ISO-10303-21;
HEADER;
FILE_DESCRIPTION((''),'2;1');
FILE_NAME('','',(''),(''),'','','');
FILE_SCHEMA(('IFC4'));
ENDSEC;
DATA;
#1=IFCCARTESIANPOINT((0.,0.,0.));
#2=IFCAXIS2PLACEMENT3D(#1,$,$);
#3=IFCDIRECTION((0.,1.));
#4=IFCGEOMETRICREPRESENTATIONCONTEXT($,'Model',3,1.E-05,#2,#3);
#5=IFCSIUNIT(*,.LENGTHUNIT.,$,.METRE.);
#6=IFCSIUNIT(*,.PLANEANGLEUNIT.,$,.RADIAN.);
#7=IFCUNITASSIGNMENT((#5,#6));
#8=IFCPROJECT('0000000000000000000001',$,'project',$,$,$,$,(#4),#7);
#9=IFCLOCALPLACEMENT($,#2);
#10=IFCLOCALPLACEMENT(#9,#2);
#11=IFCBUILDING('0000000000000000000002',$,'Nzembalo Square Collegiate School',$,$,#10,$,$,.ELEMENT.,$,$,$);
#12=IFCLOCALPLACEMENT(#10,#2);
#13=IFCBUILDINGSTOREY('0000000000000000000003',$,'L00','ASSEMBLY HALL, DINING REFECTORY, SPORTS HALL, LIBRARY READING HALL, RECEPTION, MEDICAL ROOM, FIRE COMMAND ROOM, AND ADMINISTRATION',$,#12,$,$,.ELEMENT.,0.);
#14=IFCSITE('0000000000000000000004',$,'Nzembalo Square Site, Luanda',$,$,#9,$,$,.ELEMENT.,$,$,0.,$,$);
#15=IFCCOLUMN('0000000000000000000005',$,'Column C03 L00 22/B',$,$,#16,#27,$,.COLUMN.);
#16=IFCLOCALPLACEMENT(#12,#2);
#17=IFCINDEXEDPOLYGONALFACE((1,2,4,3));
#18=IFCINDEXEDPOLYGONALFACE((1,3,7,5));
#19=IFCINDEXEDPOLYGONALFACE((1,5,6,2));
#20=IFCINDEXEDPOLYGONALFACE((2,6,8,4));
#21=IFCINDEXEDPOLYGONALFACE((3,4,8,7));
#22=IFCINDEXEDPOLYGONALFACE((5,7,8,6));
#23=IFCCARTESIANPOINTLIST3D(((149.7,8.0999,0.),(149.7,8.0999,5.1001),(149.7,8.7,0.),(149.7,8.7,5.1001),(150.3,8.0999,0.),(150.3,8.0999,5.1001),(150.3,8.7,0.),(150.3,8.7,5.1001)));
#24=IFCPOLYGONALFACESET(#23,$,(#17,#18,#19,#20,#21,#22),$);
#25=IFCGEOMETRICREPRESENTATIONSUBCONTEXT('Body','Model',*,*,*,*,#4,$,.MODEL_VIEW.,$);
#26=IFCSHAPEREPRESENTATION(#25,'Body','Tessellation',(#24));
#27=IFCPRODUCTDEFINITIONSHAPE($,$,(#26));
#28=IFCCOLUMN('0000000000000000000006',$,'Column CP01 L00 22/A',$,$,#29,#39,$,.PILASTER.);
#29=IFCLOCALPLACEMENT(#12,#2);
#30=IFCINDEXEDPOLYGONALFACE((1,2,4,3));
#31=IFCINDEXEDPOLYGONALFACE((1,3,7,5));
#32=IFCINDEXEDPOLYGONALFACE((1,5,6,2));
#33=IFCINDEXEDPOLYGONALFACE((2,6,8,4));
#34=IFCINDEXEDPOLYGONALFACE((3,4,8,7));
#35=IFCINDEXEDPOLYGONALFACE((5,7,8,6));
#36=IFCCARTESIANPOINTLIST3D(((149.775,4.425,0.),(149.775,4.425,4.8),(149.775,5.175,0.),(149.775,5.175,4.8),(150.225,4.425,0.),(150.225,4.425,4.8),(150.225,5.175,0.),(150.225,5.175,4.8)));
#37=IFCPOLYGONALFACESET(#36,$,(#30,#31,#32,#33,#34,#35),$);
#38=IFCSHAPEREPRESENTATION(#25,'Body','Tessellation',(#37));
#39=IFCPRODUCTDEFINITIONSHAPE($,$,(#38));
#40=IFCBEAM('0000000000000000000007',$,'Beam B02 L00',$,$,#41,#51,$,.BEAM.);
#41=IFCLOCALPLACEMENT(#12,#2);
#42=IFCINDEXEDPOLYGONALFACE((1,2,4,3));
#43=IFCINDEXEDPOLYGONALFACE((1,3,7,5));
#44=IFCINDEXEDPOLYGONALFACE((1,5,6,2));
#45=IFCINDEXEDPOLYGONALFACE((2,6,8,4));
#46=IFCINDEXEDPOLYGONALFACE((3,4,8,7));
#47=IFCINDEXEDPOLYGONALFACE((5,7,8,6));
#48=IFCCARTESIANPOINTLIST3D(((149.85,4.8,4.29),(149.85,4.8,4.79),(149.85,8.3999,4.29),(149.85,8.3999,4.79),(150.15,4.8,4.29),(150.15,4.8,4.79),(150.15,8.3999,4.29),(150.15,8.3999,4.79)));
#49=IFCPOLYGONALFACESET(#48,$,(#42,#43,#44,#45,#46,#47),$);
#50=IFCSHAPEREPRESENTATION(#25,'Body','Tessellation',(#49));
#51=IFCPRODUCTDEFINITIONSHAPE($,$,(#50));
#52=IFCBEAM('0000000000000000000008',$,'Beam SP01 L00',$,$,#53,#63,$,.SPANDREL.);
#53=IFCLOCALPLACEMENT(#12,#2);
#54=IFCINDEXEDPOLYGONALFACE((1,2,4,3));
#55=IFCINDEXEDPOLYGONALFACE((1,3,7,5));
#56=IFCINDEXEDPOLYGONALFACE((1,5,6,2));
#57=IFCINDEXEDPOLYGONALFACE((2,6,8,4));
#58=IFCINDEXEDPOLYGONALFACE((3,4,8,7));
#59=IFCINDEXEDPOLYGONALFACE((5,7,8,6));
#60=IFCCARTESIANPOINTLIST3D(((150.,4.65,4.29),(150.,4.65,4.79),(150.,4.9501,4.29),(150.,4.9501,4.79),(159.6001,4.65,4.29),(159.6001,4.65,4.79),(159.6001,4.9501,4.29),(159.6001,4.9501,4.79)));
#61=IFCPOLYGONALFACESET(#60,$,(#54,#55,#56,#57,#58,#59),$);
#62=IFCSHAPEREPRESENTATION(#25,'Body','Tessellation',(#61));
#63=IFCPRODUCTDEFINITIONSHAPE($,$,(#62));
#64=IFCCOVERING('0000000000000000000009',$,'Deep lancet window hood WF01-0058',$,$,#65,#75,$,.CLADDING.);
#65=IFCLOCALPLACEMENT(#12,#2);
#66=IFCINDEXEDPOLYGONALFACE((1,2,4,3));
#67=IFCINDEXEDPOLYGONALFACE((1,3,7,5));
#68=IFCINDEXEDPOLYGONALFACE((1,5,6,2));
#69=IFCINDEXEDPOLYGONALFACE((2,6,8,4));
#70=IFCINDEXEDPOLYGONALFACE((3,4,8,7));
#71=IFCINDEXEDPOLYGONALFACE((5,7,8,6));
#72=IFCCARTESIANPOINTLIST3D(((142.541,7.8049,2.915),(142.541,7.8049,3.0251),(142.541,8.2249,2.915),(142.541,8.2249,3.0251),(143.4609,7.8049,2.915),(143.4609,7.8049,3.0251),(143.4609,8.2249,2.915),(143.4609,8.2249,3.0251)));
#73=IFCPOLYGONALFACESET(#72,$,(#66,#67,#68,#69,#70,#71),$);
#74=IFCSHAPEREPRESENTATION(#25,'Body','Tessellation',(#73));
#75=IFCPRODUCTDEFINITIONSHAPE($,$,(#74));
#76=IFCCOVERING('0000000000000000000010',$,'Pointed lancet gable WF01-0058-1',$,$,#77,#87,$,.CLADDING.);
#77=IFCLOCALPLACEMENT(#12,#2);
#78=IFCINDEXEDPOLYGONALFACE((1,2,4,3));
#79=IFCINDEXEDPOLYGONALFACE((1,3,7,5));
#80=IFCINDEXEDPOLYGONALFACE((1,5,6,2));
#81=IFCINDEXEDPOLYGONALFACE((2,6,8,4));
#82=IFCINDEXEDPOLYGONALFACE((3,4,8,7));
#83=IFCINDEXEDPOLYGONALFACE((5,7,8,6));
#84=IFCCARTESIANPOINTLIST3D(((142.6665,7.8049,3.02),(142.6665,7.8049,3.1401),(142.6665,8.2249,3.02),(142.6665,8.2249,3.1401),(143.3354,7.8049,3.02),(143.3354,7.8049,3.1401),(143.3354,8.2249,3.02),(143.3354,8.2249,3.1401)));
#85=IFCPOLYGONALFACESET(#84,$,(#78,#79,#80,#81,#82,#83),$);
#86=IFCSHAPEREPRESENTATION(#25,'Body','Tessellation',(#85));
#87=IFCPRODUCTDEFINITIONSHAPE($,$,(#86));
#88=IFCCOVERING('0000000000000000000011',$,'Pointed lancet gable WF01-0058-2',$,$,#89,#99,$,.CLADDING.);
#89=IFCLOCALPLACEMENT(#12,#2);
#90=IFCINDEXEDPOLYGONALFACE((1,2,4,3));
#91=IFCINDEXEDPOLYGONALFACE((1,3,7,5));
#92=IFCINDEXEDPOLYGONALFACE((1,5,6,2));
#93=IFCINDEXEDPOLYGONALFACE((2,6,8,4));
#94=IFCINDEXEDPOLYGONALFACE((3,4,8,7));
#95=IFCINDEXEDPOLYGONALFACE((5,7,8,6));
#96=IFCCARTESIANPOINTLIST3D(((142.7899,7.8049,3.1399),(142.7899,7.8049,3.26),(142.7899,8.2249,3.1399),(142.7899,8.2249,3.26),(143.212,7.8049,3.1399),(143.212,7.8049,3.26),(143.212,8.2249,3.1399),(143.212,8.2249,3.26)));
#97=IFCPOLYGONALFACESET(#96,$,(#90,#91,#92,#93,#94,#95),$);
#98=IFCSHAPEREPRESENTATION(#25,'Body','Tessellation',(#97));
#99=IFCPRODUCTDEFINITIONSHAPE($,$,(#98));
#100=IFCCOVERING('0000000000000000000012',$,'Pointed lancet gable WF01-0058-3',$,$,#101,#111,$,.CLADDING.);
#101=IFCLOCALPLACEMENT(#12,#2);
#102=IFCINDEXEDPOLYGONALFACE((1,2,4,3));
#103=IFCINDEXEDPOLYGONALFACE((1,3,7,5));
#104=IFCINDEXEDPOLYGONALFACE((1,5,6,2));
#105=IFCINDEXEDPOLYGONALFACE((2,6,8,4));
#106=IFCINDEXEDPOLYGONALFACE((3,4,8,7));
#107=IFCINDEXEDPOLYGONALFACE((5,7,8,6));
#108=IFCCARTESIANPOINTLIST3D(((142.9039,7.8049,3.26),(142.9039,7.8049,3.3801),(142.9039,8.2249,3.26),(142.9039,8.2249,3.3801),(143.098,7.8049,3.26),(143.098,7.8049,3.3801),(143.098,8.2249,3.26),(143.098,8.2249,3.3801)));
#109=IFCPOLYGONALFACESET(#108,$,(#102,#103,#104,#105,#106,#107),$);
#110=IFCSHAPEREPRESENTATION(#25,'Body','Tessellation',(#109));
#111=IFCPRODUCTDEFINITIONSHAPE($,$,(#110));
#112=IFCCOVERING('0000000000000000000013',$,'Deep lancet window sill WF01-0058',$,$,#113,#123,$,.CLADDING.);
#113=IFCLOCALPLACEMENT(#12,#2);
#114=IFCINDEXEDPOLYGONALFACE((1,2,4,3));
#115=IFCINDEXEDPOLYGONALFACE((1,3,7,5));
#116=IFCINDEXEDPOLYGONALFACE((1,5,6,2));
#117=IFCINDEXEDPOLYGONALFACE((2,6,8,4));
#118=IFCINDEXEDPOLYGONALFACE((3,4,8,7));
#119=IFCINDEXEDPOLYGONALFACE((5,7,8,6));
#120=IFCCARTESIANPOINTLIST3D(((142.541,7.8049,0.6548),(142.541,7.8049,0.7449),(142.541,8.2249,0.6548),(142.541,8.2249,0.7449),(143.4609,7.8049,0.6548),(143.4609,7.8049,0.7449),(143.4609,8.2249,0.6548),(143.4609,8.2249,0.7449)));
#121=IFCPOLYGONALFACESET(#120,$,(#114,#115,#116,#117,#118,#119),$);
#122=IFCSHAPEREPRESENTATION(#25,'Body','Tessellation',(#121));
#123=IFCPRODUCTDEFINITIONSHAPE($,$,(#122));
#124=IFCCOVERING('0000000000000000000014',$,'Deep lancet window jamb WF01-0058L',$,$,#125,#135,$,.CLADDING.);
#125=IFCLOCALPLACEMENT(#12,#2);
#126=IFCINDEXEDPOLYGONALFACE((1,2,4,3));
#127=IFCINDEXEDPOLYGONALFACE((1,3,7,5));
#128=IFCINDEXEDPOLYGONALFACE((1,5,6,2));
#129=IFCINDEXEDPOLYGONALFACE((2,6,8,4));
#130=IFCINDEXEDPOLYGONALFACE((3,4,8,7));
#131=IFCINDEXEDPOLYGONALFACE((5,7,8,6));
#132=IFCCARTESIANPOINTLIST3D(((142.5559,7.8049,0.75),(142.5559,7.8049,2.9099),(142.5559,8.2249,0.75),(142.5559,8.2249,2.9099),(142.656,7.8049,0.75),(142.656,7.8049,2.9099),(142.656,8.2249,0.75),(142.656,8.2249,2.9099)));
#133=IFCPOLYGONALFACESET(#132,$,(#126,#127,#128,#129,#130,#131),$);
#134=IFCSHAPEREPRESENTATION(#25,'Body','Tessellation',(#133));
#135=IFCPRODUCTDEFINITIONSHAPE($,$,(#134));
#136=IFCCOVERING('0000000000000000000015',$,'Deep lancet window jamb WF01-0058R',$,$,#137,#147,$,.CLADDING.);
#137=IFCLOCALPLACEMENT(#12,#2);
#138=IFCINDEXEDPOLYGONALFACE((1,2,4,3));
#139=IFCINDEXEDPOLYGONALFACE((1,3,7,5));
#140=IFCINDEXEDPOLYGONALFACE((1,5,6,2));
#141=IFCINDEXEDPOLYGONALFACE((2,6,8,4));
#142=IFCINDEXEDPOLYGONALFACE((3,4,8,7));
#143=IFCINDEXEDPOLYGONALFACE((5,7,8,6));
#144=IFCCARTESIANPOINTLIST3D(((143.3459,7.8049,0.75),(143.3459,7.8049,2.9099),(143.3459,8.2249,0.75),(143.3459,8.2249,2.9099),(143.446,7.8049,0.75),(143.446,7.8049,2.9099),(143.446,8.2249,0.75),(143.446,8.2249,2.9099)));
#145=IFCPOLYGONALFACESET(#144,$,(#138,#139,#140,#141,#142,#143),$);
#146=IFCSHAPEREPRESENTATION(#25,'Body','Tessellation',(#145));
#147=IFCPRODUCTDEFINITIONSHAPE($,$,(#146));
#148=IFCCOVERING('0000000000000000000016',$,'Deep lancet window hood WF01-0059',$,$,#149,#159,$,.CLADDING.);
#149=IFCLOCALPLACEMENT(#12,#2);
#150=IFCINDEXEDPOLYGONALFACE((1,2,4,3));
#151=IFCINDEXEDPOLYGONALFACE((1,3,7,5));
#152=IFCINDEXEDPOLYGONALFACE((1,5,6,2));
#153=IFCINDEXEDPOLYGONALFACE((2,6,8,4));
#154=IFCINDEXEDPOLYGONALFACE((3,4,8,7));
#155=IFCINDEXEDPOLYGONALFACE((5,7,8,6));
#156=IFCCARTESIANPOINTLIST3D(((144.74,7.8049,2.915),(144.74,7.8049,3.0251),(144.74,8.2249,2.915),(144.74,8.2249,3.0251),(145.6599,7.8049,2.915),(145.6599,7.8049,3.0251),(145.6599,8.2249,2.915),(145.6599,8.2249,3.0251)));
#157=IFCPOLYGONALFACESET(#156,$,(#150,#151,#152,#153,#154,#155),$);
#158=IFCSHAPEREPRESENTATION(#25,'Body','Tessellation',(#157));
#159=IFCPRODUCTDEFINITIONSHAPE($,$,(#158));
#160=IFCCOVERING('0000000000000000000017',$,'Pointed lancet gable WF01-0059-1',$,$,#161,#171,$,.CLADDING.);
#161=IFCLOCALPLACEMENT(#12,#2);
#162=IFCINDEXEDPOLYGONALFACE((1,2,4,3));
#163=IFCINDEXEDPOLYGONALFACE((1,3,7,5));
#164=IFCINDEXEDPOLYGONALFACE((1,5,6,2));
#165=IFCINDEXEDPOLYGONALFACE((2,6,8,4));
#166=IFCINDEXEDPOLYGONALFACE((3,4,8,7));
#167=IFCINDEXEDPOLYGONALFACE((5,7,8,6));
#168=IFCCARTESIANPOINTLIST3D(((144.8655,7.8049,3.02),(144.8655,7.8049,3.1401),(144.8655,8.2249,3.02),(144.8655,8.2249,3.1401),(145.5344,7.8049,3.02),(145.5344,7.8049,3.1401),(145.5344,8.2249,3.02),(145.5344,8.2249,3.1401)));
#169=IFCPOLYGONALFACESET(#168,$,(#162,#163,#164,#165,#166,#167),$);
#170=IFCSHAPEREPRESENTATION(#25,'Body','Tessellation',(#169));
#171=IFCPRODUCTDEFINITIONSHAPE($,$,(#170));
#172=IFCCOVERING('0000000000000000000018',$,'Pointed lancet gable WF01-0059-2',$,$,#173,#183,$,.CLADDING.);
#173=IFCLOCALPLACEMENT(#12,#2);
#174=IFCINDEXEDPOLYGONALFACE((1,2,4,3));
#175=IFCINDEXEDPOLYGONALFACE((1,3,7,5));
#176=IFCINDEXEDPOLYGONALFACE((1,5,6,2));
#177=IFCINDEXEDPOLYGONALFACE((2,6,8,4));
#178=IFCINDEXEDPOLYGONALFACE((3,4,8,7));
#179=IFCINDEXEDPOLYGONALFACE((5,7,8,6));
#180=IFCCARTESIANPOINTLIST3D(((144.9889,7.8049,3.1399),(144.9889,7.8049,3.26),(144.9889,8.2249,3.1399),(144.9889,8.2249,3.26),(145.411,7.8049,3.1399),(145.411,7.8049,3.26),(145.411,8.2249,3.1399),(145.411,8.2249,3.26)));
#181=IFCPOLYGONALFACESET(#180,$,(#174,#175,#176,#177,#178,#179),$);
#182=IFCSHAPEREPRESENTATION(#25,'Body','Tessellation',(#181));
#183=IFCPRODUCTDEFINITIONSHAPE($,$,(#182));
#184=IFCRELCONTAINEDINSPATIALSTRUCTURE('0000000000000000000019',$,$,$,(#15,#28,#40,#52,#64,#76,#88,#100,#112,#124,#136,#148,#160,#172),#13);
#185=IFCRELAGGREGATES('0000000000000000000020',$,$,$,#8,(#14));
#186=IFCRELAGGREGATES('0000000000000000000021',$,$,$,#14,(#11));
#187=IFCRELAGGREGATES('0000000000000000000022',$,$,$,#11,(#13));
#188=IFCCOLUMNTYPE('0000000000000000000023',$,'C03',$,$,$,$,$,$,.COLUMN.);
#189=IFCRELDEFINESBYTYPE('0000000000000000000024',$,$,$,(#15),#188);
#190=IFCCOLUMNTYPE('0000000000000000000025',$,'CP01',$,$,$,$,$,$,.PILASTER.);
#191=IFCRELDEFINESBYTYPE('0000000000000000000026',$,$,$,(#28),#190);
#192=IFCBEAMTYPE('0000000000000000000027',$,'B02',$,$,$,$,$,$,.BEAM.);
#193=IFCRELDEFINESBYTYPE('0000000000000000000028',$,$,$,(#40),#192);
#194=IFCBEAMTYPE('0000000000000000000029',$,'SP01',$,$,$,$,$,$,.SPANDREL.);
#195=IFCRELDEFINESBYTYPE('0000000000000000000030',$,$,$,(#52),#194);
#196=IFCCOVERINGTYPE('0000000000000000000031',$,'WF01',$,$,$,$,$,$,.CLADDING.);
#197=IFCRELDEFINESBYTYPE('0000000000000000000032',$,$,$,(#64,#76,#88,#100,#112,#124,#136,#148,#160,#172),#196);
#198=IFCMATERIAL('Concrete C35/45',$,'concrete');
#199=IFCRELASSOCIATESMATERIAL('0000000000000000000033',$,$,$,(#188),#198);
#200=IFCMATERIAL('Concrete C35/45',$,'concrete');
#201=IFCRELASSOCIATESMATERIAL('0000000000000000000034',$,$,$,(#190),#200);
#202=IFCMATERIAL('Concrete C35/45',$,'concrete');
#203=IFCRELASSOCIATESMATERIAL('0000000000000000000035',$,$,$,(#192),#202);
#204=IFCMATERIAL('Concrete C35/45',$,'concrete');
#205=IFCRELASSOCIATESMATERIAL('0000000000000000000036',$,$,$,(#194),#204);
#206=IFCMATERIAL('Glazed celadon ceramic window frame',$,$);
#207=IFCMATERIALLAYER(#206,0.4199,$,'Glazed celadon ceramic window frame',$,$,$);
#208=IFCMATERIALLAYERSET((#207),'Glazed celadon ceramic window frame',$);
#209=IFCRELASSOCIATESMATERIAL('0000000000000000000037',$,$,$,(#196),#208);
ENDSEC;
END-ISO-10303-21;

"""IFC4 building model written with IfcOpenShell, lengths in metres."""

from ifc_helpers import new_model, si_unit, direction, frame, origin, origin_2d, place, context, subcontext, project, spatial, rectangle, extrude, material, layer, layer_set, material_profile, profile_set, type_object, element, save


model = new_model("IFC4")

# Units and contexts
model_context = context("Model", 3, precision=1e-05, world=origin(), true_north=direction((0.0, 1.0)))
body_context = subcontext(model_context, "Body", "Model", "MODEL_VIEW")
ifc_project = project(units=[si_unit("LENGTHUNIT", "METRE"), si_unit("PLANEANGLEUNIT", "RADIAN")], contexts=[model_context])

# Site, building, storey
site_placement = place(None, origin())
site = spatial("IfcSite", under=ifc_project, at=site_placement, Name="Nzembalo Square Site, Luanda", CompositionType="ELEMENT", RefElevation=0.0)
building_placement = place(site_placement, origin())
building = spatial("IfcBuilding", under=site, at=building_placement, Name="Nzembalo Square Collegiate School", CompositionType="ELEMENT")
storey_placement = place(building_placement, origin())
storey = spatial("IfcBuildingStorey", under=building, at=storey_placement, Name="L00", Description="ASSEMBLY HALL, DINING REFECTORY, SPORTS HALL, LIBRARY READING HALL, RECEPTION, MEDICAL ROOM, FIRE COMMAND ROOM, AND ADMINISTRATION", CompositionType="ELEMENT", Elevation=0.0)

# Columns
ifc_material_1 = material(Name="Concrete C35/45", Category="concrete")
ifc_material_profile_1 = material_profile(ifc_material_1, rectangle(XDim=0.6001, YDim=0.6001, at=origin_2d()), Name="RC 600x600")
ifc_profile_set_1 = profile_set([ifc_material_profile_1], Name="Concrete C35/45")
column_type_1 = type_object("IfcColumnType", Name="C03", PredefinedType="COLUMN", material=ifc_profile_set_1)
column_1_placement = place(storey_placement, frame((150.0, 8.3999, 0.0), z_axis=(0.0, 0.0, 1.0), x_axis=(1.0, 0.0, 0.0)))
element("IfcColumn", 1, at=column_1_placement, inside=storey, type_object=column_type_1, Name="Column C03 L00 22/B", PredefinedType="COLUMN", context=body_context, shape_type="SweptSolid", body=[
    extrude(rectangle(XDim=0.6001, YDim=0.6001, at=origin_2d()), origin(), (0.0, 0.0, 1.0), 5.1001),
])
ifc_material_2 = material(Name="Concrete C35/45", Category="concrete")
ifc_material_profile_2 = material_profile(ifc_material_2, rectangle(XDim=0.45, YDim=0.75, at=origin_2d()), Name="RC 450x750")
ifc_profile_set_2 = profile_set([ifc_material_profile_2], Name="Concrete C35/45")
column_type_2 = type_object("IfcColumnType", Name="CP01", PredefinedType="PILASTER", material=ifc_profile_set_2)
column_2_placement = place(storey_placement, frame((150.0, 4.8, 0.0), z_axis=(0.0, 0.0, 1.0), x_axis=(1.0, 0.0, 0.0)))
element("IfcColumn", 2, at=column_2_placement, inside=storey, type_object=column_type_2, Name="Column CP01 L00 22/A", PredefinedType="PILASTER", context=body_context, shape_type="SweptSolid", body=[
    extrude(rectangle(XDim=0.45, YDim=0.75, at=origin_2d()), origin(), (0.0, 0.0, 1.0), 4.8),
])

# Beams
ifc_material_3 = material(Name="Concrete C35/45", Category="concrete")
ifc_material_profile_3 = material_profile(ifc_material_3, rectangle(XDim=0.3, YDim=0.5, at=origin_2d()), Name="RC 300x500")
ifc_profile_set_3 = profile_set([ifc_material_profile_3], Name="Concrete C35/45")
beam_type_1 = type_object("IfcBeamType", Name="B02", PredefinedType="BEAM", material=ifc_profile_set_3)
beam_1_placement = place(storey_placement, frame((150.0, 4.8, 4.54), z_axis=(0.0, 1.0, 0.0), x_axis=(-1.0, 0.0, 0.0)))
element("IfcBeam", 3, at=beam_1_placement, inside=storey, type_object=beam_type_1, Name="Beam B02 L00", PredefinedType="BEAM", context=body_context, shape_type="SweptSolid", body=[
    extrude(rectangle(XDim=0.3, YDim=0.5, at=origin_2d()), origin(), (0.0, 0.0, 1.0), 3.5999),
])
ifc_material_4 = material(Name="Concrete C35/45", Category="concrete")
ifc_material_profile_4 = material_profile(ifc_material_4, rectangle(XDim=0.3, YDim=0.5, at=origin_2d()), Name="RC 300x500")
ifc_profile_set_4 = profile_set([ifc_material_profile_4], Name="Concrete C35/45")
beam_type_2 = type_object("IfcBeamType", Name="SP01", PredefinedType="SPANDREL", material=ifc_profile_set_4)
beam_2_placement = place(storey_placement, frame((150.0, 4.8, 4.54), z_axis=(1.0, 0.0, 0.0), x_axis=(0.0, 1.0, 0.0)))
element("IfcBeam", 4, at=beam_2_placement, inside=storey, type_object=beam_type_2, Name="Beam SP01 L00", PredefinedType="SPANDREL", context=body_context, shape_type="SweptSolid", body=[
    extrude(rectangle(XDim=0.3, YDim=0.5, at=origin_2d()), origin(), (0.0, 0.0, 1.0), 9.6001),
])

# Coverings
ifc_material_5 = material(Name="Glazed celadon ceramic window frame")
ifc_layer = layer(ifc_material_5, 0.4199, Name="Glazed celadon ceramic window frame")
ifc_layer_set = layer_set([ifc_layer], Name="Glazed celadon ceramic window frame")
covering_type = type_object("IfcCoveringType", Name="WF01", PredefinedType="CLADDING", material=ifc_layer_set)
covering_1_placement = place(storey_placement, frame((143.001, 8.0149, 2.915), z_axis=(0.0, 0.0, 1.0), x_axis=(1.0, 0.0, 0.0)))
element("IfcCovering", 5, at=covering_1_placement, inside=storey, type_object=covering_type, Name="Deep lancet window hood WF01-0058", PredefinedType="CLADDING", context=body_context, shape_type="SweptSolid", body=[
    extrude(rectangle(XDim=0.9199, YDim=0.4199, at=origin_2d()), origin(), (0.0, 0.0, 1.0), 0.1101),
])
covering_2_placement = place(storey_placement, frame((143.001, 8.0149, 3.02), z_axis=(0.0, 0.0, 1.0), x_axis=(1.0, 0.0, 0.0)))
element("IfcCovering", 6, at=covering_2_placement, inside=storey, type_object=covering_type, Name="Pointed lancet gable WF01-0058-1", PredefinedType="CLADDING", context=body_context, shape_type="SweptSolid", body=[
    extrude(rectangle(XDim=0.6689, YDim=0.4199, at=origin_2d()), origin(), (0.0, 0.0, 1.0), 0.1201),
])
covering_3_placement = place(storey_placement, frame((143.001, 8.0149, 3.1399), z_axis=(0.0, 0.0, 1.0), x_axis=(1.0, 0.0, 0.0)))
element("IfcCovering", 7, at=covering_3_placement, inside=storey, type_object=covering_type, Name="Pointed lancet gable WF01-0058-2", PredefinedType="CLADDING", context=body_context, shape_type="SweptSolid", body=[
    extrude(rectangle(XDim=0.4221, YDim=0.4199, at=origin_2d()), origin(), (0.0, 0.0, 1.0), 0.1201),
])
covering_4_placement = place(storey_placement, frame((143.001, 8.0149, 3.26), z_axis=(0.0, 0.0, 1.0), x_axis=(1.0, 0.0, 0.0)))
element("IfcCovering", 8, at=covering_4_placement, inside=storey, type_object=covering_type, Name="Pointed lancet gable WF01-0058-3", PredefinedType="CLADDING", context=body_context, shape_type="SweptSolid", body=[
    extrude(rectangle(XDim=0.1941, YDim=0.4199, at=origin_2d()), origin(), (0.0, 0.0, 1.0), 0.1201),
])
covering_5_placement = place(storey_placement, frame((143.001, 8.0149, 0.6548), z_axis=(0.0, 0.0, 1.0), x_axis=(1.0, 0.0, 0.0)))
element("IfcCovering", 9, at=covering_5_placement, inside=storey, type_object=covering_type, Name="Deep lancet window sill WF01-0058", PredefinedType="CLADDING", context=body_context, shape_type="SweptSolid", body=[
    extrude(rectangle(XDim=0.9199, YDim=0.4199, at=origin_2d()), origin(), (0.0, 0.0, 1.0), 0.0901),
])
for number, where, z_axis, x_axis, name in (
    (10, (142.606, 8.0149, 0.75), (0.0, 0.0, 1.0), (1.0, 0.0, 0.0), "Deep lancet window jamb WF01-0058L"),
    (11, (143.396, 8.0149, 0.75), (0.0, 0.0, 1.0), (1.0, 0.0, 0.0), "Deep lancet window jamb WF01-0058R"),
):
    element("IfcCovering", number, at=place(storey_placement, frame(where, z_axis=z_axis, x_axis=x_axis)), inside=storey, type_object=covering_type, Name=name, PredefinedType="CLADDING", context=body_context, shape_type="SweptSolid", body=[
        extrude(rectangle(XDim=0.1001, YDim=0.4199, at=origin_2d()), origin(), (0.0, 0.0, 1.0), 2.1599),
    ])
covering_6_placement = place(storey_placement, frame((145.2, 8.0149, 2.915), z_axis=(0.0, 0.0, 1.0), x_axis=(1.0, 0.0, 0.0)))
element("IfcCovering", 12, at=covering_6_placement, inside=storey, type_object=covering_type, Name="Deep lancet window hood WF01-0059", PredefinedType="CLADDING", context=body_context, shape_type="SweptSolid", body=[
    extrude(rectangle(XDim=0.9199, YDim=0.4199, at=origin_2d()), origin(), (0.0, 0.0, 1.0), 0.1101),
])
covering_7_placement = place(storey_placement, frame((145.2, 8.0149, 3.02), z_axis=(0.0, 0.0, 1.0), x_axis=(1.0, 0.0, 0.0)))
element("IfcCovering", 13, at=covering_7_placement, inside=storey, type_object=covering_type, Name="Pointed lancet gable WF01-0059-1", PredefinedType="CLADDING", context=body_context, shape_type="SweptSolid", body=[
    extrude(rectangle(XDim=0.6689, YDim=0.4199, at=origin_2d()), origin(), (0.0, 0.0, 1.0), 0.1201),
])
covering_8_placement = place(storey_placement, frame((145.2, 8.0149, 3.1399), z_axis=(0.0, 0.0, 1.0), x_axis=(1.0, 0.0, 0.0)))
element("IfcCovering", 14, at=covering_8_placement, inside=storey, type_object=covering_type, Name="Pointed lancet gable WF01-0059-2", PredefinedType="CLADDING", context=body_context, shape_type="SweptSolid", body=[
    extrude(rectangle(XDim=0.4221, YDim=0.4199, at=origin_2d()), origin(), (0.0, 0.0, 1.0), 0.1201),
])

save(model, "model.ifc")
